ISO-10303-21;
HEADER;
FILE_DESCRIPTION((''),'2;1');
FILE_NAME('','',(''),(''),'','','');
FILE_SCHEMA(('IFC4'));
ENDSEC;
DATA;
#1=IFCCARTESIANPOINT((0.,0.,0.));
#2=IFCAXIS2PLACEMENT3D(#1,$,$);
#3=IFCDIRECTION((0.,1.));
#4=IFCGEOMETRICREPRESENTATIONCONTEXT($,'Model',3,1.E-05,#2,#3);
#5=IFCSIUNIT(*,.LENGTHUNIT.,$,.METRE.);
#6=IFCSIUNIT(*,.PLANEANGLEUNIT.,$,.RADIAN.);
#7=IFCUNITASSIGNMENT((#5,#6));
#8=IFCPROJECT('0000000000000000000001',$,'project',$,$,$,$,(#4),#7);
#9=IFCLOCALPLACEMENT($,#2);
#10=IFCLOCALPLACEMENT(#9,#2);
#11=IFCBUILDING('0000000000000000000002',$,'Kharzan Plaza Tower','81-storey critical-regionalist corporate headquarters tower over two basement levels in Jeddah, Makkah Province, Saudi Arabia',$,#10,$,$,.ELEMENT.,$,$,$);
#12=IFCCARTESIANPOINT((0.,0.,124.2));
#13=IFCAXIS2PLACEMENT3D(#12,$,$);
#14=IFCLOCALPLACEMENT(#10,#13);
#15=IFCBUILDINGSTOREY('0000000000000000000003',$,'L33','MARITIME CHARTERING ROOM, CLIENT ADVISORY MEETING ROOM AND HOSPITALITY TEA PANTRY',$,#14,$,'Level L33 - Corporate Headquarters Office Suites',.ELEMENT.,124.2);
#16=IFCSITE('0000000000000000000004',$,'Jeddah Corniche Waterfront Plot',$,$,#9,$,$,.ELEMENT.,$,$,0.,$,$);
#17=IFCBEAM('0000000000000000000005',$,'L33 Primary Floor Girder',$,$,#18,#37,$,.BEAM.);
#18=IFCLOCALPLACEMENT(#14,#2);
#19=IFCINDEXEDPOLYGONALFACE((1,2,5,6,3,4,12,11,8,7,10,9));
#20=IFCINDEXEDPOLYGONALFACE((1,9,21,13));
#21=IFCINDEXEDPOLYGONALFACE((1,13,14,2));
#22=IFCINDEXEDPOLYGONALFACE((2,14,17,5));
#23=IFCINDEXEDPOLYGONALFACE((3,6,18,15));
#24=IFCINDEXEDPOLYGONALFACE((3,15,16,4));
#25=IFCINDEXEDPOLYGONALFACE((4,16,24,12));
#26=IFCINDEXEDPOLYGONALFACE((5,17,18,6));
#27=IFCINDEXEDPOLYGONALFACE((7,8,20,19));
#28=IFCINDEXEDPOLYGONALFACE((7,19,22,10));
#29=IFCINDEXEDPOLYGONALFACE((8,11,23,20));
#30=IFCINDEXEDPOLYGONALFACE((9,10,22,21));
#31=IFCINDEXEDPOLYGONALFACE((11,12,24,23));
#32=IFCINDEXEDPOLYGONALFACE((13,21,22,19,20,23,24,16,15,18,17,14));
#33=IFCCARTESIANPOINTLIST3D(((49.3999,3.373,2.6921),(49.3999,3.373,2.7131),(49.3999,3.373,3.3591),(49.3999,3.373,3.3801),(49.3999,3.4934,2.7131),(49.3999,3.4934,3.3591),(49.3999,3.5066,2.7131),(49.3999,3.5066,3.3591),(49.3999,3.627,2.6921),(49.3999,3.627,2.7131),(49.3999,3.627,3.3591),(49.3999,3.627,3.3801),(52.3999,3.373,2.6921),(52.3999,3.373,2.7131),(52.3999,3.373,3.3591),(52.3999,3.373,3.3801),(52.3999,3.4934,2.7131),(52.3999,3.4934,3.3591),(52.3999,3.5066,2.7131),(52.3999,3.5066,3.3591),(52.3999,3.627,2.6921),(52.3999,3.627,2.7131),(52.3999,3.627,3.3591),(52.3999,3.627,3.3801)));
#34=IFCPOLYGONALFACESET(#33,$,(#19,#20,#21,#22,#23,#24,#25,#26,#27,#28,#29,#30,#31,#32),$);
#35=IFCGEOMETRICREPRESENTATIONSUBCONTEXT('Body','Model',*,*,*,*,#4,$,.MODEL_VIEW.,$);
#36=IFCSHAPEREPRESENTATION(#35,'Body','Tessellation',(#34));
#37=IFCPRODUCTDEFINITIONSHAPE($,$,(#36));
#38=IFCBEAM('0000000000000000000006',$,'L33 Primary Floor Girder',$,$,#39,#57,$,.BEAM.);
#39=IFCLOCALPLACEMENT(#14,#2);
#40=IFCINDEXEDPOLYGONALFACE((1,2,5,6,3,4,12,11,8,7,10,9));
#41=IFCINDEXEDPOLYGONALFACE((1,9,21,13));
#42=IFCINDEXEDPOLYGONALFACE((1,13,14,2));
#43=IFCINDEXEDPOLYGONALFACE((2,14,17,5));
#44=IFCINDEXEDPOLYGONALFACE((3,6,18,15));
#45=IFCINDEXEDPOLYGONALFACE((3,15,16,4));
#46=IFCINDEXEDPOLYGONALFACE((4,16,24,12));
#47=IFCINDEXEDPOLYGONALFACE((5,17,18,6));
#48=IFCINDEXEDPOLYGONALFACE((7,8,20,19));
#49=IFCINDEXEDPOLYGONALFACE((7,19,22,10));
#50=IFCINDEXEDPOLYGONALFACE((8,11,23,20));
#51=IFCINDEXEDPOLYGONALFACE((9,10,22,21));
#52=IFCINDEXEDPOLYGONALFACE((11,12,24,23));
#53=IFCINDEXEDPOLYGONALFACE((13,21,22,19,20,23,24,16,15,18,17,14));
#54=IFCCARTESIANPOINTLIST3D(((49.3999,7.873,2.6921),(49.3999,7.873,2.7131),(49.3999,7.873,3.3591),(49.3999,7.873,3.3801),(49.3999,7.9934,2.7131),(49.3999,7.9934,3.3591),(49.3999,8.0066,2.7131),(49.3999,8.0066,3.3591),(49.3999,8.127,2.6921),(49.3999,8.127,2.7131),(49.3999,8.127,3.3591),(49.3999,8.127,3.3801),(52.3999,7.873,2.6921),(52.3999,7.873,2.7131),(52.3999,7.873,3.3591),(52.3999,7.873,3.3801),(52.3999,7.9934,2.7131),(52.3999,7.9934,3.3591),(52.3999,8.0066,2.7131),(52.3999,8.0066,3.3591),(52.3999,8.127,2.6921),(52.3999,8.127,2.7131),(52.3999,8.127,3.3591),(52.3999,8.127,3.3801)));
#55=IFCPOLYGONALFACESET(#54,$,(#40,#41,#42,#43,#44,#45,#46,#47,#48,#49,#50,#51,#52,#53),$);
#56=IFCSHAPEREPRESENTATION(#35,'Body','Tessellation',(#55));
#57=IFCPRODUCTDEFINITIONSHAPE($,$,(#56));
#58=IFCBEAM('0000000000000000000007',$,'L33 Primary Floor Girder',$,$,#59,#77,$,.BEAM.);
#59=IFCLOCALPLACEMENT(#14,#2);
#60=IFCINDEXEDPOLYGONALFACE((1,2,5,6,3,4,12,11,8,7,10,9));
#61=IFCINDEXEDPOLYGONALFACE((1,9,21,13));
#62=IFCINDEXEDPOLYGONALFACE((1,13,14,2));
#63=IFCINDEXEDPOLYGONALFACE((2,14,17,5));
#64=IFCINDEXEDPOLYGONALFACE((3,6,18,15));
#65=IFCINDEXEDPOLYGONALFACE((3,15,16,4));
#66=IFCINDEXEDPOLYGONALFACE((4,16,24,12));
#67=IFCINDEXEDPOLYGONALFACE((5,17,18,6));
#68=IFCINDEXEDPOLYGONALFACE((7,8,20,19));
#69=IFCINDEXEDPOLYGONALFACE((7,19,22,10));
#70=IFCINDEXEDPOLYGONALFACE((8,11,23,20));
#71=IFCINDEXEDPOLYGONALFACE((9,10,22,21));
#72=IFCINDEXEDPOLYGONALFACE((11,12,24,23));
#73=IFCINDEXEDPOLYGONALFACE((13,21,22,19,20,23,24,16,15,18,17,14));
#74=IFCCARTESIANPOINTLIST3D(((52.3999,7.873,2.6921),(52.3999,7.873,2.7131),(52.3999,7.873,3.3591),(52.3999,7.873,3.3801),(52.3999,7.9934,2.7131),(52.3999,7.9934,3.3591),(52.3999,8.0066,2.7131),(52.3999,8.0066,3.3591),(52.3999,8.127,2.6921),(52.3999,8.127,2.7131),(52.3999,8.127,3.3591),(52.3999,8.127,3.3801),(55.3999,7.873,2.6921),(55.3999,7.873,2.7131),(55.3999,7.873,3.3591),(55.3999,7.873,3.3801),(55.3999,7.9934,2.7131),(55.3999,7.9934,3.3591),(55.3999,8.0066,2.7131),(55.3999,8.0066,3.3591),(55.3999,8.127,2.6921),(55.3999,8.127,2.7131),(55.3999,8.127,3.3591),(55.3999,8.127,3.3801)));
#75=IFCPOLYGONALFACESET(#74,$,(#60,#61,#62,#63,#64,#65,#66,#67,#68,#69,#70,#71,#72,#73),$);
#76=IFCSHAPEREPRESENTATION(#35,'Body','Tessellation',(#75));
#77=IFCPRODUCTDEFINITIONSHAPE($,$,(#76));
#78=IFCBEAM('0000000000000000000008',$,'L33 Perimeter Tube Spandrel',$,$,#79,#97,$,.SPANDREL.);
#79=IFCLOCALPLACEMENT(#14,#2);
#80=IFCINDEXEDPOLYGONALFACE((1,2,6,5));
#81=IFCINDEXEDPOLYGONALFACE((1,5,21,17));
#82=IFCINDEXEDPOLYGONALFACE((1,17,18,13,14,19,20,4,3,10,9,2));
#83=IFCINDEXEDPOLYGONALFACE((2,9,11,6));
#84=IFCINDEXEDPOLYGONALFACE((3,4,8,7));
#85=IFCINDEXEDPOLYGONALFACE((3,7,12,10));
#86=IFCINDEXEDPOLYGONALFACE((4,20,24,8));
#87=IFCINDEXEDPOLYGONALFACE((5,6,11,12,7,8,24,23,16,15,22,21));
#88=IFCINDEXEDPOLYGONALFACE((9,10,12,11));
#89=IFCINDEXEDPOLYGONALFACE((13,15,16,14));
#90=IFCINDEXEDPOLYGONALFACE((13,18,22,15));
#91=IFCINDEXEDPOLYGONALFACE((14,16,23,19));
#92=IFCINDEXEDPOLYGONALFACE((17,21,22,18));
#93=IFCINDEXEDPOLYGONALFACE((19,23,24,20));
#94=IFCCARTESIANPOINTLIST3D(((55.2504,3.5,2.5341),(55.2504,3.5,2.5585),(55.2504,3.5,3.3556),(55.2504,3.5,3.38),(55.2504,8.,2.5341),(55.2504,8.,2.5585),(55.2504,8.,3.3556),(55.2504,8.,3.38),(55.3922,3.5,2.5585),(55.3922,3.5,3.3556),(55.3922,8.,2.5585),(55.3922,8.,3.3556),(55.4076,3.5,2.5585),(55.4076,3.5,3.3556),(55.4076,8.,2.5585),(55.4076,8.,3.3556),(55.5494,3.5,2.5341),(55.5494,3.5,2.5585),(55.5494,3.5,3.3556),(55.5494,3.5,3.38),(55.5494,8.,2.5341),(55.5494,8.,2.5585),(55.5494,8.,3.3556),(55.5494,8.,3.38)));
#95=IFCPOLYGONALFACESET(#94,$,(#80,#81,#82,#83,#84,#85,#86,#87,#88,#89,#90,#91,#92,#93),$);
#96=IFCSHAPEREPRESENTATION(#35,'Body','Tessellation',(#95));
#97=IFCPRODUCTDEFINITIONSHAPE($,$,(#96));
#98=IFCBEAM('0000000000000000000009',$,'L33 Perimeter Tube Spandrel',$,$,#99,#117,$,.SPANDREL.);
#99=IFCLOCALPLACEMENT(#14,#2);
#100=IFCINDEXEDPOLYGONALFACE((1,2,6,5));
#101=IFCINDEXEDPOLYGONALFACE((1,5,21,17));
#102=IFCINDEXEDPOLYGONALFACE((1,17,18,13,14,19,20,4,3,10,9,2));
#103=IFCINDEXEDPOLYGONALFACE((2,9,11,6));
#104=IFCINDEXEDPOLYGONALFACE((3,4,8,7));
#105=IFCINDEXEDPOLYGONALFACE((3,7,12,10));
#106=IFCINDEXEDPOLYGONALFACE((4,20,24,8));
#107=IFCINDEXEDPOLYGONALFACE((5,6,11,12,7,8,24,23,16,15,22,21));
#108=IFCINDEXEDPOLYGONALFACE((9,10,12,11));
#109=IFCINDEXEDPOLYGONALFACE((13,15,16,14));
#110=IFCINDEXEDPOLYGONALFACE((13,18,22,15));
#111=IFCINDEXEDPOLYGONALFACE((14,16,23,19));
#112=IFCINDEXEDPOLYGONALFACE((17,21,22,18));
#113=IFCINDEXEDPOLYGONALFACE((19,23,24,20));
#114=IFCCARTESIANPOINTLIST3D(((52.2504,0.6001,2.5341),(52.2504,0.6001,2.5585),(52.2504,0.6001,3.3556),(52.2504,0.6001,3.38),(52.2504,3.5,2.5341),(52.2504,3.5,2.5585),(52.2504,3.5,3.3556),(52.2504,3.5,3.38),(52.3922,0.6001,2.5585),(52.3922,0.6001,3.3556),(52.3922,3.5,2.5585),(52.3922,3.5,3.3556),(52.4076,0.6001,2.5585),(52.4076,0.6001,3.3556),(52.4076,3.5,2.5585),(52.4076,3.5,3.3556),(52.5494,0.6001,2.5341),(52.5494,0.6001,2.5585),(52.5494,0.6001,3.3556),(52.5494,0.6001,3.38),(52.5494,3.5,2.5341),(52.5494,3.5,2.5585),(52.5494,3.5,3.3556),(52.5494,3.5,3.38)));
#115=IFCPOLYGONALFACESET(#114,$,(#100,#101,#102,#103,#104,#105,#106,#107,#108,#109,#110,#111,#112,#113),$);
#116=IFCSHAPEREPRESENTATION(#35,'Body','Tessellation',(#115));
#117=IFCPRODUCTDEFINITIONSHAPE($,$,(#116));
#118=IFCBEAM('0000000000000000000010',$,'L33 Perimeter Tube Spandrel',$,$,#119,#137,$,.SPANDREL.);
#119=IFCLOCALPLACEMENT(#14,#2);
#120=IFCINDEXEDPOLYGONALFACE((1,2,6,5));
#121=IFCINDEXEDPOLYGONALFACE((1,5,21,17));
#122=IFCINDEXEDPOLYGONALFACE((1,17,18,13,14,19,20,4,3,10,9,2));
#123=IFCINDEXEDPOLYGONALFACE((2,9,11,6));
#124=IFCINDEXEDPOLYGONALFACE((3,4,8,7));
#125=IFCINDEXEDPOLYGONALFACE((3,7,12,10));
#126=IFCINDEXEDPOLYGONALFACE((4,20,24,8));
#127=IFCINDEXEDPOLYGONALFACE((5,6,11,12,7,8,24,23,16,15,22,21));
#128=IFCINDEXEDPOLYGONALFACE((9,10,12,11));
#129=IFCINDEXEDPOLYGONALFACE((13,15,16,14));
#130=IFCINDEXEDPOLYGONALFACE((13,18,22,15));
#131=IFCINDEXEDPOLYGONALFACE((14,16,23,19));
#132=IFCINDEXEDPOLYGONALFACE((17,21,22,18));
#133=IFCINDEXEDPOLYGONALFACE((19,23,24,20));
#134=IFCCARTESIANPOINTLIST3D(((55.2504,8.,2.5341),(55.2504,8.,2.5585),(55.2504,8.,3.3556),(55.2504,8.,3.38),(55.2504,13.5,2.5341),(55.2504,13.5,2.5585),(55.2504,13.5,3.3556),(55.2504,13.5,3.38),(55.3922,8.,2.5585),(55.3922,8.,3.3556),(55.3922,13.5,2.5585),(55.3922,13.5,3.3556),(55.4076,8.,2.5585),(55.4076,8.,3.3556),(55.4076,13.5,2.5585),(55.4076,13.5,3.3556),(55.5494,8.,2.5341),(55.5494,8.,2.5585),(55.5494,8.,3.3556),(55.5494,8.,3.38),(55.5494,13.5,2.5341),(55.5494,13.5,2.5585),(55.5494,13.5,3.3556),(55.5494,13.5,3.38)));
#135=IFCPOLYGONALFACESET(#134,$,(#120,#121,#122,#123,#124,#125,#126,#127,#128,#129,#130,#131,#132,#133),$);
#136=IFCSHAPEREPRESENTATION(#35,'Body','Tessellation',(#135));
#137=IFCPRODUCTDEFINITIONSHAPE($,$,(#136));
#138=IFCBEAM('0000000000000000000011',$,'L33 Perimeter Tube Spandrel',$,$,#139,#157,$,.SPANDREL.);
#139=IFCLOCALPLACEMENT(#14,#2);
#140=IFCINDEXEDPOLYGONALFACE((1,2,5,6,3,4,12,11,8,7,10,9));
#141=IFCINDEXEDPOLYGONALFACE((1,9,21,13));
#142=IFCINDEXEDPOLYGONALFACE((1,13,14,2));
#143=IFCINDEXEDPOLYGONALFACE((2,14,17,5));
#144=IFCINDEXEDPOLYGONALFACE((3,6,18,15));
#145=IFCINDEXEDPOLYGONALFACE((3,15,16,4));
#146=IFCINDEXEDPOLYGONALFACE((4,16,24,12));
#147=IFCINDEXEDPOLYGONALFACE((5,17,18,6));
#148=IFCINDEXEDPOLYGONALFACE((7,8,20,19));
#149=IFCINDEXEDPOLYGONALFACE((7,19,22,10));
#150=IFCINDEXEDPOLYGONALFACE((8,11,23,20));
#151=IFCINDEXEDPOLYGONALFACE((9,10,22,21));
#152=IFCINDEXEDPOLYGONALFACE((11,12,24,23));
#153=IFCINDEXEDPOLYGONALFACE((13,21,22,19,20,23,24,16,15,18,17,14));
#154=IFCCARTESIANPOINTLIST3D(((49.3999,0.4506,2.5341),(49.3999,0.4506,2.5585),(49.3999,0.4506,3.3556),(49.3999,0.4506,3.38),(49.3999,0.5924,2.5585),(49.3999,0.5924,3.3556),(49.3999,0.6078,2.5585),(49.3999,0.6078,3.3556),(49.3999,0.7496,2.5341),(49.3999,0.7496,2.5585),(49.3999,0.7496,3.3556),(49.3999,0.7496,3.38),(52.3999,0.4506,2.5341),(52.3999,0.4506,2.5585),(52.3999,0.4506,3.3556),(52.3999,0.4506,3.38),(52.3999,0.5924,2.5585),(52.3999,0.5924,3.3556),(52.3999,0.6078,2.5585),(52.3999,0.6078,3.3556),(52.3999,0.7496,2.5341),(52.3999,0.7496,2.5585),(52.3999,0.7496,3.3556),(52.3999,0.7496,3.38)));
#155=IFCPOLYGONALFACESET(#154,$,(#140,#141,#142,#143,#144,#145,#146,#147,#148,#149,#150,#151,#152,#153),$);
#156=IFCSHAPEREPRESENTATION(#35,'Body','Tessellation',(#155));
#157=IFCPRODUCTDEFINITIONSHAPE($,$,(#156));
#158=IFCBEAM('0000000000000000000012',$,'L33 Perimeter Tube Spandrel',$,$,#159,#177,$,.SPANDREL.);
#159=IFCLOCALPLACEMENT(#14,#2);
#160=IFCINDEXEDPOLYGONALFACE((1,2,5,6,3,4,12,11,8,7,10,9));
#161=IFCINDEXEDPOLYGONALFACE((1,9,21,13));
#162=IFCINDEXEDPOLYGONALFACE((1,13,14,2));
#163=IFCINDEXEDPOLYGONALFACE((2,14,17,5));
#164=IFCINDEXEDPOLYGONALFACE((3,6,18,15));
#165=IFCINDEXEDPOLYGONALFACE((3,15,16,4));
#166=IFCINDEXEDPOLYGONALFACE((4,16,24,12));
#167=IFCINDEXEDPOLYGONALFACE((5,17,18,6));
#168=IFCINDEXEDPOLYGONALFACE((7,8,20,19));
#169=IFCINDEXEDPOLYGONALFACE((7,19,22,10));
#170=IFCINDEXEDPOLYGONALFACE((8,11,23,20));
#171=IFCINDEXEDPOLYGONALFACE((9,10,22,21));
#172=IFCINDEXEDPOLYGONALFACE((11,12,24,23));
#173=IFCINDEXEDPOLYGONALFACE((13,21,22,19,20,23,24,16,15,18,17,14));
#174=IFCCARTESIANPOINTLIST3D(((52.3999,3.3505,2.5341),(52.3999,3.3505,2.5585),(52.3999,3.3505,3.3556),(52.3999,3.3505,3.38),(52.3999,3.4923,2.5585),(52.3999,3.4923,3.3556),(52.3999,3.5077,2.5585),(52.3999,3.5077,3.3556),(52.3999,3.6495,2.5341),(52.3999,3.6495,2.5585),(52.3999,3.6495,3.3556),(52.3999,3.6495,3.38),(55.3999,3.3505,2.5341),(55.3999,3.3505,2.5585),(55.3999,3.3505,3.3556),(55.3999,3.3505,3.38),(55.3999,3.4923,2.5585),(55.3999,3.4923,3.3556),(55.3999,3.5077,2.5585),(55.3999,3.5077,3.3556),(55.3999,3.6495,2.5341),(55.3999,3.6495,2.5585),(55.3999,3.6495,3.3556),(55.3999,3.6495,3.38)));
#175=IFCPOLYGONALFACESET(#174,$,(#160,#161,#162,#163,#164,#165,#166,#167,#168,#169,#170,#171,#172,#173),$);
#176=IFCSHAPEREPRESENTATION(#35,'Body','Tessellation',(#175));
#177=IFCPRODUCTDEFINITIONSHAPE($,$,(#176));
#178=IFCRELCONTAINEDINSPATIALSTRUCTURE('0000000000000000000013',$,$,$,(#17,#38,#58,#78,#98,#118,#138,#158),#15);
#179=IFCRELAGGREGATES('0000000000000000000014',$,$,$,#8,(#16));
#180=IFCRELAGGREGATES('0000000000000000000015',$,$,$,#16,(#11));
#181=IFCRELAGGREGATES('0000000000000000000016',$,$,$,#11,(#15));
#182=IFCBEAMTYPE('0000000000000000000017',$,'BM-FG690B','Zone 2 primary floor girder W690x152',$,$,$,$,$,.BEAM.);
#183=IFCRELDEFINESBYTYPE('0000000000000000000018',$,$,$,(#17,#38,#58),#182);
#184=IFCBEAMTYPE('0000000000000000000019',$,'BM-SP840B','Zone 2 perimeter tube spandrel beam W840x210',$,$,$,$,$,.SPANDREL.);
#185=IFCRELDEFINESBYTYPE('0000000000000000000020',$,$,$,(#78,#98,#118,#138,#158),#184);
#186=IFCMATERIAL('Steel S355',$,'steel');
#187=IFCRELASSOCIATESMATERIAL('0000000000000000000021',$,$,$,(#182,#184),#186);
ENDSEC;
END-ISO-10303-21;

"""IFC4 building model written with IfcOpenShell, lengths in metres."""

from ifc_helpers import new_model, si_unit, direction, frame, origin, origin_2d, place, context, subcontext, project, spatial, i_section, extrude, source, transform, mapped, material, material_profile, profile_set, type_object, element, save


model = new_model("IFC4")

# Units and contexts
model_context = context("Model", 3, precision=1e-05, world=origin(), true_north=direction((0.0, 1.0)))
body_context = subcontext(model_context, "Body", "Model", "MODEL_VIEW")
ifc_project = project(units=[si_unit("LENGTHUNIT", "METRE"), si_unit("PLANEANGLEUNIT", "RADIAN")], contexts=[model_context])

# Site, building, storey
site_placement = place(None, origin())
site = spatial("IfcSite", under=ifc_project, at=site_placement, Name="Jeddah Corniche Waterfront Plot", CompositionType="ELEMENT", RefElevation=0.0)
building_placement = place(site_placement, origin())
building = spatial("IfcBuilding", under=site, at=building_placement, Name="Kharzan Plaza Tower", Description="81-storey critical-regionalist corporate headquarters tower over two basement levels in Jeddah, Makkah Province, Saudi Arabia", CompositionType="ELEMENT")
storey_placement = place(building_placement, frame((0.0, 0.0, 124.2)))
storey = spatial("IfcBuildingStorey", under=building, at=storey_placement, Name="L33", Description="MARITIME CHARTERING ROOM, CLIENT ADVISORY MEETING ROOM AND HOSPITALITY TEA PANTRY", LongName="Level L33 - Corporate Headquarters Office Suites", CompositionType="ELEMENT", Elevation=124.2)

# Beams
ifc_material_1 = material(Name="Steel S355", Category="steel")
ifc_material_profile_1 = material_profile(ifc_material_1, i_section(OverallWidth=0.2539, OverallDepth=0.688, WebThickness=0.0132, FlangeThickness=0.021, at=origin_2d()), Name="W690x152")
ifc_profile_set_1 = profile_set([ifc_material_profile_1], Name="Steel S355")
beam_type_1 = type_object("IfcBeamType", Name="BM-FG690B", Description="Zone 2 primary floor girder W690x152", PredefinedType="BEAM", material=ifc_profile_set_1)
shared_shape_1 = source(origin(), body_context, "Body", "SweptSolid", [
    extrude(i_section(OverallWidth=0.2539, OverallDepth=0.688, WebThickness=0.0132, FlangeThickness=0.021, at=origin_2d()), origin(), (0.0, 0.0, 1.0), 3.0),
])
for number, where, z_axis, x_axis, name in (
    (1, (49.3999, 3.5, 3.0361), (1.0, 0.0, 0.0), (0.0, 1.0, 0.0), "L33 Primary Floor Girder"),
    (2, (49.3999, 8.0, 3.0361), (1.0, 0.0, 0.0), (0.0, 1.0, 0.0), "L33 Primary Floor Girder"),
    (3, (52.3999, 8.0, 3.0361), (1.0, 0.0, 0.0), (0.0, 1.0, 0.0), "L33 Primary Floor Girder"),
):
    element("IfcBeam", number, at=place(storey_placement, frame(where, z_axis=z_axis, x_axis=x_axis)), inside=storey, type_object=beam_type_1, Name=name, PredefinedType="BEAM", context=body_context, shape_type="MappedRepresentation", body=[
        mapped(shared_shape_1, transform((0.0, 0.0, 0.0), x_axis=(1.0, 0.0, 0.0), y_axis=(0.0, 1.0, 0.0), z_axis=(0.0, 0.0, 1.0))),
    ])
ifc_material_profile_2 = material_profile(ifc_material_1, i_section(OverallWidth=0.2991, OverallDepth=0.8459, WebThickness=0.0154, FlangeThickness=0.0244, at=origin_2d()), Name="W840x210")
ifc_profile_set_2 = profile_set([ifc_material_profile_2], Name="Steel S355")
beam_type_2 = type_object("IfcBeamType", Name="BM-SP840B", Description="Zone 2 perimeter tube spandrel beam W840x210", PredefinedType="SPANDREL", material=ifc_profile_set_2)
shared_shape_2 = source(origin(), body_context, "Body", "SweptSolid", [
    extrude(i_section(OverallWidth=0.2991, OverallDepth=0.8459, WebThickness=0.0154, FlangeThickness=0.0244, at=origin_2d()), origin(), (0.0, 0.0, 1.0), 4.5),
])
beam_1_placement = place(storey_placement, frame((55.3999, 3.5, 2.957), z_axis=(0.0, 1.0, 0.0), x_axis=(-1.0, 0.0, 0.0)))
element("IfcBeam", 4, at=beam_1_placement, inside=storey, type_object=beam_type_2, Name="L33 Perimeter Tube Spandrel", PredefinedType="SPANDREL", context=body_context, shape_type="MappedRepresentation", body=[
    mapped(shared_shape_2, transform((0.0, 0.0, 0.0), x_axis=(1.0, 0.0, 0.0), y_axis=(0.0, 1.0, 0.0), z_axis=(0.0, 0.0, 1.0))),
])
shared_shape_3 = source(origin(), body_context, "Body", "SweptSolid", [
    extrude(i_section(OverallWidth=0.2991, OverallDepth=0.8459, WebThickness=0.0154, FlangeThickness=0.0244, at=origin_2d()), origin(), (0.0, 0.0, 1.0), 2.8999),
])
beam_2_placement = place(storey_placement, frame((52.3999, 0.6001, 2.957), z_axis=(0.0, 1.0, 0.0), x_axis=(-1.0, 0.0, 0.0)))
element("IfcBeam", 5, at=beam_2_placement, inside=storey, type_object=beam_type_2, Name="L33 Perimeter Tube Spandrel", PredefinedType="SPANDREL", context=body_context, shape_type="MappedRepresentation", body=[
    mapped(shared_shape_3, transform((0.0, 0.0, 0.0), x_axis=(1.0, 0.0, 0.0), y_axis=(0.0, 1.0, 0.0), z_axis=(0.0, 0.0, 1.0))),
])
shared_shape_4 = source(origin(), body_context, "Body", "SweptSolid", [
    extrude(i_section(OverallWidth=0.2991, OverallDepth=0.8459, WebThickness=0.0154, FlangeThickness=0.0244, at=origin_2d()), origin(), (0.0, 0.0, 1.0), 5.5),
])
beam_3_placement = place(storey_placement, frame((55.3999, 8.0, 2.957), z_axis=(0.0, 1.0, 0.0), x_axis=(-1.0, 0.0, 0.0)))
element("IfcBeam", 6, at=beam_3_placement, inside=storey, type_object=beam_type_2, Name="L33 Perimeter Tube Spandrel", PredefinedType="SPANDREL", context=body_context, shape_type="MappedRepresentation", body=[
    mapped(shared_shape_4, transform((0.0, 0.0, 0.0), x_axis=(1.0, 0.0, 0.0), y_axis=(0.0, 1.0, 0.0), z_axis=(0.0, 0.0, 1.0))),
])
shared_shape_5 = source(origin(), body_context, "Body", "SweptSolid", [
    extrude(i_section(OverallWidth=0.2991, OverallDepth=0.8459, WebThickness=0.0154, FlangeThickness=0.0244, at=origin_2d()), origin(), (0.0, 0.0, 1.0), 3.0),
])
for number, where, z_axis, x_axis, name in (
    (7, (49.3999, 0.6001, 2.957), (1.0, 0.0, 0.0), (0.0, 1.0, 0.0), "L33 Perimeter Tube Spandrel"),
    (8, (52.3999, 3.5, 2.957), (1.0, 0.0, 0.0), (0.0, 1.0, 0.0), "L33 Perimeter Tube Spandrel"),
):
    element("IfcBeam", number, at=place(storey_placement, frame(where, z_axis=z_axis, x_axis=x_axis)), inside=storey, type_object=beam_type_2, Name=name, PredefinedType="SPANDREL", context=body_context, shape_type="MappedRepresentation", body=[
        mapped(shared_shape_5, transform((0.0, 0.0, 0.0), x_axis=(1.0, 0.0, 0.0), y_axis=(0.0, 1.0, 0.0), z_axis=(0.0, 0.0, 1.0))),
    ])

save(model, "model.ifc")
